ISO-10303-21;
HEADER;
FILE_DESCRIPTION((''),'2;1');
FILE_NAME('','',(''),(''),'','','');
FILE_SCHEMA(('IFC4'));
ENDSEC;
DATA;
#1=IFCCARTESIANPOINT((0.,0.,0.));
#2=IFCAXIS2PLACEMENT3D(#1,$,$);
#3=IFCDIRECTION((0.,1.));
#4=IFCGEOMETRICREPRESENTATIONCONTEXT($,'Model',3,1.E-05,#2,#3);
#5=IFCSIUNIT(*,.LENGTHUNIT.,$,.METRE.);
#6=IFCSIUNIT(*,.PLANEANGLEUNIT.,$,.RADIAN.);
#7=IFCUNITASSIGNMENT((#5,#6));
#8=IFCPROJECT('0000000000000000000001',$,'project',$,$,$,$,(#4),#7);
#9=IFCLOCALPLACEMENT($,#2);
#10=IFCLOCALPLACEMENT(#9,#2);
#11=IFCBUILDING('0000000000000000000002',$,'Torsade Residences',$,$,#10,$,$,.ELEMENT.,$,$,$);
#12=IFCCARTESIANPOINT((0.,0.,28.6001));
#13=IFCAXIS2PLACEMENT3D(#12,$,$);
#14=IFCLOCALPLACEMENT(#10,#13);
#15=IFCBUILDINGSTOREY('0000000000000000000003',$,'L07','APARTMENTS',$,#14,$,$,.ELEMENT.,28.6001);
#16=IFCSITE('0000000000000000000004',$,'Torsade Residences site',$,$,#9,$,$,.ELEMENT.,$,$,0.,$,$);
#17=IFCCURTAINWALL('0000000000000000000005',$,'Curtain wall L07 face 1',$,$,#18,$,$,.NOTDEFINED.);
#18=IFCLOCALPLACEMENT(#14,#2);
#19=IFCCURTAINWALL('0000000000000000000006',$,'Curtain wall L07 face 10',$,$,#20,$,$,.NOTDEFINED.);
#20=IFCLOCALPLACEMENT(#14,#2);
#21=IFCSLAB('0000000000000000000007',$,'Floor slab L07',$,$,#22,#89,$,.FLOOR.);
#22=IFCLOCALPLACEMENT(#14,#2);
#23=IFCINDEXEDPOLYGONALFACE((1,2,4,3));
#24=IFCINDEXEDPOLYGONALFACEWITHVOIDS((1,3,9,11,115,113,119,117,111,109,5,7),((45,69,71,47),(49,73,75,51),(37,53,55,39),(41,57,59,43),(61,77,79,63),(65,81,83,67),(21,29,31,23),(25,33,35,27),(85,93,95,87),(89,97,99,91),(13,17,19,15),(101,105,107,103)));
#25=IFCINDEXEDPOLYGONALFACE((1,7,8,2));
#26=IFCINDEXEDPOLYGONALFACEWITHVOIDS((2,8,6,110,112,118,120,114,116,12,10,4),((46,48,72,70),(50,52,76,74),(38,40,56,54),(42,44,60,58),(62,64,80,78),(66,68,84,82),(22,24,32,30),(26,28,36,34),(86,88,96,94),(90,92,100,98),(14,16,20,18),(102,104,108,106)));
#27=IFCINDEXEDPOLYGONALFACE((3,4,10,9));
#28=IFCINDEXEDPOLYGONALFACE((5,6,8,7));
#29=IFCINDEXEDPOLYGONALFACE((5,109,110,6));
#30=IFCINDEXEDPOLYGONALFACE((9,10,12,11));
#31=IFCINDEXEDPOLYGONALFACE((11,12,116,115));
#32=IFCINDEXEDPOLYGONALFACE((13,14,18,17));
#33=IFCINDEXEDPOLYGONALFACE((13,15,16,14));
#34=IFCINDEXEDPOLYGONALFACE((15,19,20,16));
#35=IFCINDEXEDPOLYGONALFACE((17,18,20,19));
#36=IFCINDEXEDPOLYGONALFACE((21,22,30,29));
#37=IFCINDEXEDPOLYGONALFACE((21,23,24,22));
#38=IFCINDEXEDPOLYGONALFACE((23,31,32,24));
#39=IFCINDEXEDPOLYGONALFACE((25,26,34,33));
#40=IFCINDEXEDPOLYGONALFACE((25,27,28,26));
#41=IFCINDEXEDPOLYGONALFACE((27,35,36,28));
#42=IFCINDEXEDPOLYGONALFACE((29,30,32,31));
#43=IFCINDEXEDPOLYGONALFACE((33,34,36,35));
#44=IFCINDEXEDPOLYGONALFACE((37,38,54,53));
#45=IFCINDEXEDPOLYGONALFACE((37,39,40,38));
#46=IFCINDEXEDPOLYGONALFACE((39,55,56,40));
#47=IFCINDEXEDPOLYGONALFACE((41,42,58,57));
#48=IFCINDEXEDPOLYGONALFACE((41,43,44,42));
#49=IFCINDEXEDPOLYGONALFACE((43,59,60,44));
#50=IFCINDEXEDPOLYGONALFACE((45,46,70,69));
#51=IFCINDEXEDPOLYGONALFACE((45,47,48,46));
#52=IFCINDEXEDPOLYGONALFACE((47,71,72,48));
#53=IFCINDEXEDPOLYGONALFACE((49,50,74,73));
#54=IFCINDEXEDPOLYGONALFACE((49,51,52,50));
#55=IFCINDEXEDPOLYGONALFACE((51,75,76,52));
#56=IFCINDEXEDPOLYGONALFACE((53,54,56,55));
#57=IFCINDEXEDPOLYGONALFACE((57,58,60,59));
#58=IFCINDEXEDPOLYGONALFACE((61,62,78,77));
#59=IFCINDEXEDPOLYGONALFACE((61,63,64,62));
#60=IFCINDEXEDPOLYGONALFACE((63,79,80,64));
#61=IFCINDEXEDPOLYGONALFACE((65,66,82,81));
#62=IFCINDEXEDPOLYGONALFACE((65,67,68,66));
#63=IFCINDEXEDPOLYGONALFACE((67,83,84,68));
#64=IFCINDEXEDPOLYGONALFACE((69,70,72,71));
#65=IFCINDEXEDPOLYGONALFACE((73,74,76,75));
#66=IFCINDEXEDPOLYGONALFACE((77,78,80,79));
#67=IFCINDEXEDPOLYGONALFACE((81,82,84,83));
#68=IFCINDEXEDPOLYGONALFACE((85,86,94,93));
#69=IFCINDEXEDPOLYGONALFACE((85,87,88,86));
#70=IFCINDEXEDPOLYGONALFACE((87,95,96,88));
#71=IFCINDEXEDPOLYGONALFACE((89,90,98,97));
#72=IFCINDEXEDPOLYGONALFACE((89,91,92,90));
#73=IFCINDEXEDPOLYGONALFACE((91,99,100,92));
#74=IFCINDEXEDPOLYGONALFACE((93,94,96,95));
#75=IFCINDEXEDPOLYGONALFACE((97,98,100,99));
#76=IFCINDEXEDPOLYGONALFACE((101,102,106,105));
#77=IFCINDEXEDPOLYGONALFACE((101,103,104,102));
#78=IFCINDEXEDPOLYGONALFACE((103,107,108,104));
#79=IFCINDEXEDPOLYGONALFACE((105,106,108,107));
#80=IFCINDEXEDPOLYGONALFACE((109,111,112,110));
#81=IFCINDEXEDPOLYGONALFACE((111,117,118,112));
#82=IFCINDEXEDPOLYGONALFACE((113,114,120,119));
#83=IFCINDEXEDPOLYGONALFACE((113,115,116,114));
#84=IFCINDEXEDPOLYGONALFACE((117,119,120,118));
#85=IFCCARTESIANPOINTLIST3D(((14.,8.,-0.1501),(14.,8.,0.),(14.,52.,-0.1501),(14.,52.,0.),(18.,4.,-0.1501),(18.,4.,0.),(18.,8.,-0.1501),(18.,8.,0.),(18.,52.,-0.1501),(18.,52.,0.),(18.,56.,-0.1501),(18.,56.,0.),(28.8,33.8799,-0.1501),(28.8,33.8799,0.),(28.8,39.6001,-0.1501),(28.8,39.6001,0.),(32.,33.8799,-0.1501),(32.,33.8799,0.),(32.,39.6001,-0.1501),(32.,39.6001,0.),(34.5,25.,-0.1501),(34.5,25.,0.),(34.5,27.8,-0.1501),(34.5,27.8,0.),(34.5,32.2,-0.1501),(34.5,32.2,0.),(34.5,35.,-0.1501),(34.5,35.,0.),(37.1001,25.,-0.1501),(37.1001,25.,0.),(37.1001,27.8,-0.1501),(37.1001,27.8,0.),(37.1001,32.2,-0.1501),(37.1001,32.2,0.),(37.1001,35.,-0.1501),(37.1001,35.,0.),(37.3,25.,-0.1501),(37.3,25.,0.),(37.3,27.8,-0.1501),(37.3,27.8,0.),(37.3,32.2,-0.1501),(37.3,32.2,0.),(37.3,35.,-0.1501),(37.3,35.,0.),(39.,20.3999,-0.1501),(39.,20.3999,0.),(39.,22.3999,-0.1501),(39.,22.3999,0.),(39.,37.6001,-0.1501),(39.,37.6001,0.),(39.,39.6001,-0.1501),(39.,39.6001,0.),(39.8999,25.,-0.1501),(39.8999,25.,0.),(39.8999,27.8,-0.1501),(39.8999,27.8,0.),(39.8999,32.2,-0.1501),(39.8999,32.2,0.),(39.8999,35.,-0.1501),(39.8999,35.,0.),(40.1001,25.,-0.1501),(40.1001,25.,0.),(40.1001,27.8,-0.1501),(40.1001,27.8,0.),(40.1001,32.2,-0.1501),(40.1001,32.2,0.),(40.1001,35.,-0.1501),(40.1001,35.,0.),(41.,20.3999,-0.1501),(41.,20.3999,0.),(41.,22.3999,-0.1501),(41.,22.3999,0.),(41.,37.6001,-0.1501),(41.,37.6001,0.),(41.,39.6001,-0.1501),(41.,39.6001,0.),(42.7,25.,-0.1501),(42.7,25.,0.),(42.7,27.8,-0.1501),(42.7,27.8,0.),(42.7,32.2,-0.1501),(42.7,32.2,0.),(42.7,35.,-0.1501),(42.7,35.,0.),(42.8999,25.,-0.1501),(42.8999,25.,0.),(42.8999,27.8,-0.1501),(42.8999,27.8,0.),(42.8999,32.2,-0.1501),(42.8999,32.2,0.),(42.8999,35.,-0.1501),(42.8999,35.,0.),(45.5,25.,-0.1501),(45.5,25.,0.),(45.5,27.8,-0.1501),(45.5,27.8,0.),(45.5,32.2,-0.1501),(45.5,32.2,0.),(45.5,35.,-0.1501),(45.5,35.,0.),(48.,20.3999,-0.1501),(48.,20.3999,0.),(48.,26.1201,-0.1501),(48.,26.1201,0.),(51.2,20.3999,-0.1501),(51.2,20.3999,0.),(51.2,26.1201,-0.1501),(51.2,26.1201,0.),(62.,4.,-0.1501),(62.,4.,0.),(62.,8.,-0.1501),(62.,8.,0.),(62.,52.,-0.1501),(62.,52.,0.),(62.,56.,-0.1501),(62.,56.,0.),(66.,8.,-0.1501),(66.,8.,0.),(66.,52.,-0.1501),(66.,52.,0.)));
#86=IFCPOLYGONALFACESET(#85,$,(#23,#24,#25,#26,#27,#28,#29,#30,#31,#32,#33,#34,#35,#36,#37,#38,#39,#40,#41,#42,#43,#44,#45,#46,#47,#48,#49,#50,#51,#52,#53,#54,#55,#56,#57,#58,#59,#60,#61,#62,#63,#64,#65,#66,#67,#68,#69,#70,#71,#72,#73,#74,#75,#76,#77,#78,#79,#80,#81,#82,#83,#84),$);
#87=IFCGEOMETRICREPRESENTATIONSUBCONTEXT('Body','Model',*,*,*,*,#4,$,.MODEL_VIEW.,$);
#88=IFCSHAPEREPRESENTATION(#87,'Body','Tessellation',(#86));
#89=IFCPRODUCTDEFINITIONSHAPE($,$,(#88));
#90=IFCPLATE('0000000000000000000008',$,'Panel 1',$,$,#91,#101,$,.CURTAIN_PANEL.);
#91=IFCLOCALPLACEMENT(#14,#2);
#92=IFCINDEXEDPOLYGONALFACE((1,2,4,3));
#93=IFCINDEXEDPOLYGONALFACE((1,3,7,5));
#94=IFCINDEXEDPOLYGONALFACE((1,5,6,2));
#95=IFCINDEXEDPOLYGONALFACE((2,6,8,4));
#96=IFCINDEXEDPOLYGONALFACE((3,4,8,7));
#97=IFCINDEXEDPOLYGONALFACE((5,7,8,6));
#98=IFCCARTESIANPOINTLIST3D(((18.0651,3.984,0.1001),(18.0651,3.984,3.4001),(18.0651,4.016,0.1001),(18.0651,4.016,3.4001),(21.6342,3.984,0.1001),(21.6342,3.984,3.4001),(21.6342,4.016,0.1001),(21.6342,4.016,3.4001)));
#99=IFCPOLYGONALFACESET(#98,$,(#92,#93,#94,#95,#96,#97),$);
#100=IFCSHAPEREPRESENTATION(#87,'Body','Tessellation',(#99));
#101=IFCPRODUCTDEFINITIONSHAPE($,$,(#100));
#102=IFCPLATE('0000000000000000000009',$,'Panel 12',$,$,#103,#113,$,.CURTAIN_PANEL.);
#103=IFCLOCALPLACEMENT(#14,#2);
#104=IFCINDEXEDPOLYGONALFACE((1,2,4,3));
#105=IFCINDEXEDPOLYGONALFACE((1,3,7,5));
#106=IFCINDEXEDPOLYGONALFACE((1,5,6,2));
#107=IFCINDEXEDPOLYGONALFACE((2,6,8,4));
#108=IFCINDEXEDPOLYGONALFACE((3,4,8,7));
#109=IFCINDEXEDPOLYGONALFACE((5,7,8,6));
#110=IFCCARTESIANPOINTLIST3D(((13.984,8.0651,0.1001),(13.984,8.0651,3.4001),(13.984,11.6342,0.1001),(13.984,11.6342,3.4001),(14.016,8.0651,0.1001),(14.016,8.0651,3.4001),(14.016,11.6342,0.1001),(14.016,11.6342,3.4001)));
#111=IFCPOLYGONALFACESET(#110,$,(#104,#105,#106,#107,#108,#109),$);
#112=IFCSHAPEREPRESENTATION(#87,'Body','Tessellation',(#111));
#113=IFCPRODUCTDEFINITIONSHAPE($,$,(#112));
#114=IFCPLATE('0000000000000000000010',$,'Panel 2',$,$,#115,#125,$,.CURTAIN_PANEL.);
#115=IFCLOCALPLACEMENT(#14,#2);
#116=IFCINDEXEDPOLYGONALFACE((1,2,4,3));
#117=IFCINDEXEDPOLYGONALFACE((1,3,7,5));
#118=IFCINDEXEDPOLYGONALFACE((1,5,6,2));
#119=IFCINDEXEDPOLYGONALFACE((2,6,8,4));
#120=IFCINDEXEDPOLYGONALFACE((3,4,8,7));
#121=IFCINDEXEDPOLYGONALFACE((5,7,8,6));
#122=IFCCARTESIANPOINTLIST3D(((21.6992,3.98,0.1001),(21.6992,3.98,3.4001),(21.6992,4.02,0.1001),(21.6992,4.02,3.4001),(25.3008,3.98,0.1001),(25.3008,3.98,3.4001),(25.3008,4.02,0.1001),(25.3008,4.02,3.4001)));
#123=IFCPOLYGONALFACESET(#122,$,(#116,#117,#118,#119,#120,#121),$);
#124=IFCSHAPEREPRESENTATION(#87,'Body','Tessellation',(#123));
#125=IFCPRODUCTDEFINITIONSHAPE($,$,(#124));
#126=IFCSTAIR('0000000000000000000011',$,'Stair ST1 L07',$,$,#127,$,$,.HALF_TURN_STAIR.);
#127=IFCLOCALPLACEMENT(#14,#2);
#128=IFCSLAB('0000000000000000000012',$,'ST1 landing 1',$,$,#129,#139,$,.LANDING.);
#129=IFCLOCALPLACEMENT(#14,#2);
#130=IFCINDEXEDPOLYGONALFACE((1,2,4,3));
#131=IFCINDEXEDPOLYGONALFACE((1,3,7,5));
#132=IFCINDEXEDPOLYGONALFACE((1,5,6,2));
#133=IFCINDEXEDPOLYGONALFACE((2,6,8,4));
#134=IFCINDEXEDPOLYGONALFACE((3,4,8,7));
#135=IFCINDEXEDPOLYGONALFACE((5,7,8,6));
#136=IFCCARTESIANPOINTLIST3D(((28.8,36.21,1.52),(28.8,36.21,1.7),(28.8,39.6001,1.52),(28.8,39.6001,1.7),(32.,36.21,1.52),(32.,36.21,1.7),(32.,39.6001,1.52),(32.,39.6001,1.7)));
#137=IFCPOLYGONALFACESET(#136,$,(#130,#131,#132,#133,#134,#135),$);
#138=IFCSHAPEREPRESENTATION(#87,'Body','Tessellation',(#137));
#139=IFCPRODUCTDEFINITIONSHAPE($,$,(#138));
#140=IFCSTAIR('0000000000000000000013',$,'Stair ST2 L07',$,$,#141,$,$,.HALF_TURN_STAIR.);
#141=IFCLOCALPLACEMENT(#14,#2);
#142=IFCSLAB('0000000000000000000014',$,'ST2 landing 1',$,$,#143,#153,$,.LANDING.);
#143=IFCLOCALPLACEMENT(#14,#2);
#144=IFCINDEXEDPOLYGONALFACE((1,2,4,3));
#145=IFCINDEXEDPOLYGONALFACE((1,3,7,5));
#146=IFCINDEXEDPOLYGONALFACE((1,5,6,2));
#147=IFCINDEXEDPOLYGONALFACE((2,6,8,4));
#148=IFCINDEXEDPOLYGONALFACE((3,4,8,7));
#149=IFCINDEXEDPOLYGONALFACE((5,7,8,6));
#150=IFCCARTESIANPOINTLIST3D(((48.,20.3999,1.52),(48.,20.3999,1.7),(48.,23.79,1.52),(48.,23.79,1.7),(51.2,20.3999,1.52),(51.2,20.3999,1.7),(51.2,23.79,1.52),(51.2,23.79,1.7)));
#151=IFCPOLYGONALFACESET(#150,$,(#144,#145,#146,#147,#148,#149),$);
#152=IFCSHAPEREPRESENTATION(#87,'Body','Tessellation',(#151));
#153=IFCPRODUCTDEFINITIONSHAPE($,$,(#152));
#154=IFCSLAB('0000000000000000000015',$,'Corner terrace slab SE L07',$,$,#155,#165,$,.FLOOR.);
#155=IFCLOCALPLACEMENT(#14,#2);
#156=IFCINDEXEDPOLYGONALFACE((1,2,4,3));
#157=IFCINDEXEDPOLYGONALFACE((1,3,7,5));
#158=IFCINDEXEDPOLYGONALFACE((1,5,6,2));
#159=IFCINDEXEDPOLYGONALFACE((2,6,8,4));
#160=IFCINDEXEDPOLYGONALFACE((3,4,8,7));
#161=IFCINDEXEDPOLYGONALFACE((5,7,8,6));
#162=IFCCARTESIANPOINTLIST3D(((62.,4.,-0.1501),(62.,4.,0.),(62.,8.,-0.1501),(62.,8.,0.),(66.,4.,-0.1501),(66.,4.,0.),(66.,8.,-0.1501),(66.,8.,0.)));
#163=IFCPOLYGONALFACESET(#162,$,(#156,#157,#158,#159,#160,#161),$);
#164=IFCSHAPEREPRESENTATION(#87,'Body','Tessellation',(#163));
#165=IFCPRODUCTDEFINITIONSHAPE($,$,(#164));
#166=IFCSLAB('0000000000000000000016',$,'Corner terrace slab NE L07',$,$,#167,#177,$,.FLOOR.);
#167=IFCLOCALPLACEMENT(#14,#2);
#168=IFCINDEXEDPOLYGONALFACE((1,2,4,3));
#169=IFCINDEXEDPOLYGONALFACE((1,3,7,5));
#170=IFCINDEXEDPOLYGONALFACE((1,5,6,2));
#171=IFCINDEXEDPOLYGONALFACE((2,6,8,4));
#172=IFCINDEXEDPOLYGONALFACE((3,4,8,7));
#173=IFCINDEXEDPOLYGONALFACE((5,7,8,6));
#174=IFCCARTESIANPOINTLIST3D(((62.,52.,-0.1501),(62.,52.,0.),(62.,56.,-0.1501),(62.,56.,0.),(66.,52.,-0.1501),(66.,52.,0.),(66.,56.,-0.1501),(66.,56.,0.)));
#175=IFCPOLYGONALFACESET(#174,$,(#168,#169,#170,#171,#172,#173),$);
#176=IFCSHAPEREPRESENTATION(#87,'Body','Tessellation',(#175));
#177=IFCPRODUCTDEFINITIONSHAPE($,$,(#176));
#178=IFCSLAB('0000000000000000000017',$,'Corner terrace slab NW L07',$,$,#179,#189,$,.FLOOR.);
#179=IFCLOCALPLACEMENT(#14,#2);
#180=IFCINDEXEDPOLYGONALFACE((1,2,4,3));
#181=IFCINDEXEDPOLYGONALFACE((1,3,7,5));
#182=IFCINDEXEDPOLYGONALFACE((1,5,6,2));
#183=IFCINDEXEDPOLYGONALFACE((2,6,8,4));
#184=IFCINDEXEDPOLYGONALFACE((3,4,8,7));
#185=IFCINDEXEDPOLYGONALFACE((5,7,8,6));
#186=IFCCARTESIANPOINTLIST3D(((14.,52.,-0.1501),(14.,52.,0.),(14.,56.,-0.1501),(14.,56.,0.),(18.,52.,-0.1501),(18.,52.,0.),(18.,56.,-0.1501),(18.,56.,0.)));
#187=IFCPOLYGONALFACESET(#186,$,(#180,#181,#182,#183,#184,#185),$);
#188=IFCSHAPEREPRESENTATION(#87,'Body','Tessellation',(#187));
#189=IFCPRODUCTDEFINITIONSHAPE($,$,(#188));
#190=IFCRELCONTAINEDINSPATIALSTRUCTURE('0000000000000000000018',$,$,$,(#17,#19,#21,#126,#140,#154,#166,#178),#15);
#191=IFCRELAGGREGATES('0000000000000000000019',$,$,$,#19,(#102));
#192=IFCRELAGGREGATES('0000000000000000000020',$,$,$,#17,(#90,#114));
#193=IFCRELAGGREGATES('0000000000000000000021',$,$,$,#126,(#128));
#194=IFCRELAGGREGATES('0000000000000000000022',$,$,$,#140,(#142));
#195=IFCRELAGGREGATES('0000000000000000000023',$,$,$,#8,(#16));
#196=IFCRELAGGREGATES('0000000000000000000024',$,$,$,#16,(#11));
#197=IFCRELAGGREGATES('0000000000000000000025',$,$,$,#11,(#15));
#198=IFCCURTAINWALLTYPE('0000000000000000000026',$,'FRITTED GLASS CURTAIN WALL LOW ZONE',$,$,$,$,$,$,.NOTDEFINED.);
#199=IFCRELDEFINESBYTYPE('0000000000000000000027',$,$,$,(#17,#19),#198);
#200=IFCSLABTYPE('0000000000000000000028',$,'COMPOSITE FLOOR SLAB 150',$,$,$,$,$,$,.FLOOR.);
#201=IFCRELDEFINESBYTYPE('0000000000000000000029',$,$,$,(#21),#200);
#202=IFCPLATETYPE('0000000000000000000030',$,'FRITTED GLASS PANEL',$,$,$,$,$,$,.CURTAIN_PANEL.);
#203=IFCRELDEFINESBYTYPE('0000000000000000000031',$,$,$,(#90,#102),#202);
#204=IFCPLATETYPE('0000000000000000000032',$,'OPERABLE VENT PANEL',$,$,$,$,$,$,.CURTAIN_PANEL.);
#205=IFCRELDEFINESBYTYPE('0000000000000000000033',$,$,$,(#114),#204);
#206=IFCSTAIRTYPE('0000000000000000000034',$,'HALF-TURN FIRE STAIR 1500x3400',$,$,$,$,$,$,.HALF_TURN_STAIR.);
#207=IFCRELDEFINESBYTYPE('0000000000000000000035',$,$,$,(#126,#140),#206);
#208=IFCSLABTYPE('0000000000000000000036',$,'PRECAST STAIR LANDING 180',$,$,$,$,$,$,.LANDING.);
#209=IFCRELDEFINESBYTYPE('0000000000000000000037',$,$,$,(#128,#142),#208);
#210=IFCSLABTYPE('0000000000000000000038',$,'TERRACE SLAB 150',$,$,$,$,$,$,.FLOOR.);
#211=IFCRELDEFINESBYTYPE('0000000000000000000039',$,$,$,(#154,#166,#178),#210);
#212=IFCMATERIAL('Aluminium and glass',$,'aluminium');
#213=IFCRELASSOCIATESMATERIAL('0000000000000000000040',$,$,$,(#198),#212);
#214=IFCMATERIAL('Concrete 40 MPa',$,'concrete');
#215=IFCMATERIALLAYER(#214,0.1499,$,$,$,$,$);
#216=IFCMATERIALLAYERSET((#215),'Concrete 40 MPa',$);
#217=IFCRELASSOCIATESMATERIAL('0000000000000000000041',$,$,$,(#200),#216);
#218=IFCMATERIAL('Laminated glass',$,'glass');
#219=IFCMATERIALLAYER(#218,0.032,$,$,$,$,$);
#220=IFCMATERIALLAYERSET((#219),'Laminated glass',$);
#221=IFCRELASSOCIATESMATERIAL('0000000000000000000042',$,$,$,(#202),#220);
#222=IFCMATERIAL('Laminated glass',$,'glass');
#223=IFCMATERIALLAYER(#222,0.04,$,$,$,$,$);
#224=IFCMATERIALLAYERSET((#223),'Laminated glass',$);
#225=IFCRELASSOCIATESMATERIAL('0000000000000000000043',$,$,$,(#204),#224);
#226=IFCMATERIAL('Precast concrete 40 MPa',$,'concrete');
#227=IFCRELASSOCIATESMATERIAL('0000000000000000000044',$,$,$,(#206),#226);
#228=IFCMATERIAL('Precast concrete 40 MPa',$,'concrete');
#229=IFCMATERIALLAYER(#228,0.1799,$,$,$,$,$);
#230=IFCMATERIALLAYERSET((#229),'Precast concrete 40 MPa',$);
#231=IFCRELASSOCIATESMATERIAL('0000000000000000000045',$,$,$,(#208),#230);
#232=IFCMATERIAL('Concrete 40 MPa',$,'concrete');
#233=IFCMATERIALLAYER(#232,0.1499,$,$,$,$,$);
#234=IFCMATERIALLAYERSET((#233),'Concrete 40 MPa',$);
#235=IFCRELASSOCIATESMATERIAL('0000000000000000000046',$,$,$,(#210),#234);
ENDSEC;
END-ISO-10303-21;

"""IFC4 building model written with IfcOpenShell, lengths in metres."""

from ifc_helpers import new_model, si_unit, direction, frame, origin, origin_2d, place, context, subcontext, project, spatial, polyline, rectangle, outline, extrude, material, layer, layer_set, type_object, element, aggregate, save


model = new_model("IFC4")

# Units and contexts
model_context = context("Model", 3, precision=1e-05, world=origin(), true_north=direction((0.0, 1.0)))
body_context = subcontext(model_context, "Body", "Model", "MODEL_VIEW")
ifc_project = project(units=[si_unit("LENGTHUNIT", "METRE"), si_unit("PLANEANGLEUNIT", "RADIAN")], contexts=[model_context])

# Site, building, storey
site_placement = place(None, origin())
site = spatial("IfcSite", under=ifc_project, at=site_placement, Name="Torsade Residences site", CompositionType="ELEMENT", RefElevation=0.0)
building_placement = place(site_placement, origin())
building = spatial("IfcBuilding", under=site, at=building_placement, Name="Torsade Residences", CompositionType="ELEMENT")
storey_placement = place(building_placement, frame((0.0, 0.0, 28.6001)))
storey = spatial("IfcBuildingStorey", under=building, at=storey_placement, Name="L07", Description="APARTMENTS", CompositionType="ELEMENT", Elevation=28.6001)

# Curtain wall
ifc_material_1 = material(Name="Aluminium and glass", Category="aluminium")
curtain_wall_type = type_object("IfcCurtainWallType", Name="FRITTED GLASS CURTAIN WALL LOW ZONE", PredefinedType="NOTDEFINED", material=ifc_material_1)
curtain_wall_1_placement = place(storey_placement, origin())
curtain_wall_1 = element("IfcCurtainWall", 1, at=curtain_wall_1_placement, inside=storey, type_object=curtain_wall_type, Name="Curtain wall L07 face 1", PredefinedType="NOTDEFINED")

# Curtain wall
curtain_wall_2_placement = place(storey_placement, origin())
curtain_wall_2 = element("IfcCurtainWall", 2, at=curtain_wall_2_placement, inside=storey, type_object=curtain_wall_type, Name="Curtain wall L07 face 10", PredefinedType="NOTDEFINED")

# Slab
ifc_material_2 = material(Name="Concrete 40 MPa", Category="concrete")
ifc_layer_1 = layer(ifc_material_2, 0.1499)
ifc_layer_set_1 = layer_set([ifc_layer_1], Name="Concrete 40 MPa")
slab_type_1 = type_object("IfcSlabType", Name="COMPOSITE FLOOR SLAB 150", PredefinedType="FLOOR", material=ifc_layer_set_1)
slab_1_placement = place(storey_placement, frame((0.0, 0.0, -0.1501)))
element("IfcSlab", 3, at=slab_1_placement, inside=storey, type_object=slab_type_1, Name="Floor slab L07", PredefinedType="FLOOR", context=body_context, shape_type="SweptSolid", body=[
    extrude(outline(polyline([(18.0, 4.0), (62.0, 4.0), (62.0, 8.0), (66.0, 8.0), (66.0, 52.0), (62.0, 52.0), (62.0, 56.0), (18.0, 56.0), (18.0, 52.0), (14.0, 52.0), (14.0, 8.0), (18.0, 8.0), (18.0, 4.0)]), holes=[polyline([(51.2, 20.3999), (51.2, 26.1201), (48.0, 26.1201), (48.0, 20.3999), (51.2, 20.3999)]), polyline([(45.5, 27.8), (42.8999, 27.8), (42.8999, 25.0), (45.5, 25.0), (45.5, 27.8)]), polyline([(45.5, 32.2), (45.5, 35.0), (42.8999, 35.0), (42.8999, 32.2), (45.5, 32.2)]), polyline([(42.7, 25.0), (42.7, 27.8), (40.1001, 27.8), (40.1001, 25.0), (42.7, 25.0)]), polyline([(42.7, 32.2), (42.7, 35.0), (40.1001, 35.0), (40.1001, 32.2), (42.7, 32.2)]), polyline([(41.0, 22.3999), (39.0, 22.3999), (39.0, 20.3999), (41.0, 20.3999), (41.0, 22.3999)]), polyline([(41.0, 37.6001), (41.0, 39.6001), (39.0, 39.6001), (39.0, 37.6001), (41.0, 37.6001)]), polyline([(39.8999, 25.0), (39.8999, 27.8), (37.3, 27.8), (37.3, 25.0), (39.8999, 25.0)]), polyline([(39.8999, 35.0), (37.3, 35.0), (37.3, 32.2), (39.8999, 32.2), (39.8999, 35.0)]), polyline([(37.1001, 27.8), (34.5, 27.8), (34.5, 25.0), (37.1001, 25.0), (37.1001, 27.8)]), polyline([(37.1001, 32.2), (37.1001, 35.0), (34.5, 35.0), (34.5, 32.2), (37.1001, 32.2)]), polyline([(32.0, 33.8799), (32.0, 39.6001), (28.8, 39.6001), (28.8, 33.8799), (32.0, 33.8799)])]), origin(), (0.0, 0.0, 1.0), 0.1501),
])

# Plates
ifc_material_3 = material(Name="Laminated glass", Category="glass")
ifc_layer_2 = layer(ifc_material_3, 0.032)
ifc_layer_set_2 = layer_set([ifc_layer_2], Name="Laminated glass")
plate_type_1 = type_object("IfcPlateType", Name="FRITTED GLASS PANEL", PredefinedType="CURTAIN_PANEL", material=ifc_layer_set_2)
plate_1_placement = place(storey_placement, frame((19.8496, 4.0, 0.1001), z_axis=(0.0, 0.0, 1.0), x_axis=(1.0, 0.0, 0.0)))
plate_1 = element("IfcPlate", 4, at=plate_1_placement, type_object=plate_type_1, Name="Panel 1", PredefinedType="CURTAIN_PANEL", context=body_context, shape_type="SweptSolid", body=[
    extrude(rectangle(XDim=3.5691, YDim=0.032, at=origin_2d()), origin(), (0.0, 0.0, 1.0), 3.3),
])
plate_2_placement = place(storey_placement, frame((14.0, 9.8496, 0.1001), z_axis=(0.0, 0.0, 1.0), x_axis=(0.0, -1.0, 0.0)))
plate_2 = element("IfcPlate", 5, at=plate_2_placement, type_object=plate_type_1, Name="Panel 12", PredefinedType="CURTAIN_PANEL", context=body_context, shape_type="SweptSolid", body=[
    extrude(rectangle(XDim=3.5691, YDim=0.032, at=origin_2d()), origin(), (0.0, 0.0, 1.0), 3.3),
])
aggregate(curtain_wall_2, [plate_2])
ifc_material_4 = material(Name="Laminated glass", Category="glass")
ifc_layer_3 = layer(ifc_material_4, 0.04)
ifc_layer_set_3 = layer_set([ifc_layer_3], Name="Laminated glass")
plate_type_2 = type_object("IfcPlateType", Name="OPERABLE VENT PANEL", PredefinedType="CURTAIN_PANEL", material=ifc_layer_set_3)
plate_3_placement = place(storey_placement, frame((23.5, 4.0, 0.1001), z_axis=(0.0, 0.0, 1.0), x_axis=(1.0, 0.0, 0.0)))
plate_3 = element("IfcPlate", 6, at=plate_3_placement, type_object=plate_type_2, Name="Panel 2", PredefinedType="CURTAIN_PANEL", context=body_context, shape_type="SweptSolid", body=[
    extrude(rectangle(XDim=3.6016, YDim=0.04, at=origin_2d()), origin(), (0.0, 0.0, 1.0), 3.3),
])
aggregate(curtain_wall_1, [plate_1, plate_3])

# Stairs, slabs
ifc_material_5 = material(Name="Precast concrete 40 MPa", Category="concrete")
stair_type = type_object("IfcStairType", Name="HALF-TURN FIRE STAIR 1500x3400", PredefinedType="HALF_TURN_STAIR", material=ifc_material_5)
stair_1_placement = place(storey_placement, origin())
stair_1 = element("IfcStair", 7, at=stair_1_placement, inside=storey, type_object=stair_type, Name="Stair ST1 L07", PredefinedType="HALF_TURN_STAIR")
ifc_material_6 = material(Name="Precast concrete 40 MPa", Category="concrete")
ifc_layer_4 = layer(ifc_material_6, 0.1799)
ifc_layer_set_4 = layer_set([ifc_layer_4], Name="Precast concrete 40 MPa")
slab_type_2 = type_object("IfcSlabType", Name="PRECAST STAIR LANDING 180", PredefinedType="LANDING", material=ifc_layer_set_4)
slab_2_placement = place(storey_placement, frame((0.0, 0.0, 1.52)))
slab_2 = element("IfcSlab", 8, at=slab_2_placement, type_object=slab_type_2, Name="ST1 landing 1", PredefinedType="LANDING", context=body_context, shape_type="SweptSolid", body=[
    extrude(outline(polyline([(28.8, 36.21), (32.0, 36.21), (32.0, 39.6001), (28.8, 39.6001), (28.8, 36.21)])), origin(), (0.0, 0.0, 1.0), 0.1799),
])
aggregate(stair_1, [slab_2])
stair_2_placement = place(storey_placement, origin())
stair_2 = element("IfcStair", 9, at=stair_2_placement, inside=storey, type_object=stair_type, Name="Stair ST2 L07", PredefinedType="HALF_TURN_STAIR")
slab_3_placement = place(storey_placement, frame((0.0, 0.0, 1.52)))
slab_3 = element("IfcSlab", 10, at=slab_3_placement, type_object=slab_type_2, Name="ST2 landing 1", PredefinedType="LANDING", context=body_context, shape_type="SweptSolid", body=[
    extrude(outline(polyline([(48.0, 20.3999), (51.2, 20.3999), (51.2, 23.79), (48.0, 23.79), (48.0, 20.3999)])), origin(), (0.0, 0.0, 1.0), 0.1799),
])
aggregate(stair_2, [slab_3])

# Slabs
ifc_material_7 = material(Name="Concrete 40 MPa", Category="concrete")
ifc_layer_5 = layer(ifc_material_7, 0.1499)
ifc_layer_set_5 = layer_set([ifc_layer_5], Name="Concrete 40 MPa")
slab_type_3 = type_object("IfcSlabType", Name="TERRACE SLAB 150", PredefinedType="FLOOR", material=ifc_layer_set_5)
slab_4_placement = place(storey_placement, frame((0.0, 0.0, -0.1501)))
element("IfcSlab", 11, at=slab_4_placement, inside=storey, type_object=slab_type_3, Name="Corner terrace slab SE L07", PredefinedType="FLOOR", context=body_context, shape_type="SweptSolid", body=[
    extrude(outline(polyline([(62.0, 4.0), (66.0, 4.0), (66.0, 8.0), (62.0, 8.0), (62.0, 4.0)])), origin(), (0.0, 0.0, 1.0), 0.1501),
])
slab_5_placement = place(storey_placement, frame((0.0, 0.0, -0.1501)))
element("IfcSlab", 12, at=slab_5_placement, inside=storey, type_object=slab_type_3, Name="Corner terrace slab NE L07", PredefinedType="FLOOR", context=body_context, shape_type="SweptSolid", body=[
    extrude(outline(polyline([(62.0, 52.0), (66.0, 52.0), (66.0, 56.0), (62.0, 56.0), (62.0, 52.0)])), origin(), (0.0, 0.0, 1.0), 0.1501),
])
slab_6_placement = place(storey_placement, frame((0.0, 0.0, -0.1501)))
element("IfcSlab", 13, at=slab_6_placement, inside=storey, type_object=slab_type_3, Name="Corner terrace slab NW L07", PredefinedType="FLOOR", context=body_context, shape_type="SweptSolid", body=[
    extrude(outline(polyline([(14.0, 52.0), (18.0, 52.0), (18.0, 56.0), (14.0, 56.0), (14.0, 52.0)])), origin(), (0.0, 0.0, 1.0), 0.1501),
])

save(model, "model.ifc")
